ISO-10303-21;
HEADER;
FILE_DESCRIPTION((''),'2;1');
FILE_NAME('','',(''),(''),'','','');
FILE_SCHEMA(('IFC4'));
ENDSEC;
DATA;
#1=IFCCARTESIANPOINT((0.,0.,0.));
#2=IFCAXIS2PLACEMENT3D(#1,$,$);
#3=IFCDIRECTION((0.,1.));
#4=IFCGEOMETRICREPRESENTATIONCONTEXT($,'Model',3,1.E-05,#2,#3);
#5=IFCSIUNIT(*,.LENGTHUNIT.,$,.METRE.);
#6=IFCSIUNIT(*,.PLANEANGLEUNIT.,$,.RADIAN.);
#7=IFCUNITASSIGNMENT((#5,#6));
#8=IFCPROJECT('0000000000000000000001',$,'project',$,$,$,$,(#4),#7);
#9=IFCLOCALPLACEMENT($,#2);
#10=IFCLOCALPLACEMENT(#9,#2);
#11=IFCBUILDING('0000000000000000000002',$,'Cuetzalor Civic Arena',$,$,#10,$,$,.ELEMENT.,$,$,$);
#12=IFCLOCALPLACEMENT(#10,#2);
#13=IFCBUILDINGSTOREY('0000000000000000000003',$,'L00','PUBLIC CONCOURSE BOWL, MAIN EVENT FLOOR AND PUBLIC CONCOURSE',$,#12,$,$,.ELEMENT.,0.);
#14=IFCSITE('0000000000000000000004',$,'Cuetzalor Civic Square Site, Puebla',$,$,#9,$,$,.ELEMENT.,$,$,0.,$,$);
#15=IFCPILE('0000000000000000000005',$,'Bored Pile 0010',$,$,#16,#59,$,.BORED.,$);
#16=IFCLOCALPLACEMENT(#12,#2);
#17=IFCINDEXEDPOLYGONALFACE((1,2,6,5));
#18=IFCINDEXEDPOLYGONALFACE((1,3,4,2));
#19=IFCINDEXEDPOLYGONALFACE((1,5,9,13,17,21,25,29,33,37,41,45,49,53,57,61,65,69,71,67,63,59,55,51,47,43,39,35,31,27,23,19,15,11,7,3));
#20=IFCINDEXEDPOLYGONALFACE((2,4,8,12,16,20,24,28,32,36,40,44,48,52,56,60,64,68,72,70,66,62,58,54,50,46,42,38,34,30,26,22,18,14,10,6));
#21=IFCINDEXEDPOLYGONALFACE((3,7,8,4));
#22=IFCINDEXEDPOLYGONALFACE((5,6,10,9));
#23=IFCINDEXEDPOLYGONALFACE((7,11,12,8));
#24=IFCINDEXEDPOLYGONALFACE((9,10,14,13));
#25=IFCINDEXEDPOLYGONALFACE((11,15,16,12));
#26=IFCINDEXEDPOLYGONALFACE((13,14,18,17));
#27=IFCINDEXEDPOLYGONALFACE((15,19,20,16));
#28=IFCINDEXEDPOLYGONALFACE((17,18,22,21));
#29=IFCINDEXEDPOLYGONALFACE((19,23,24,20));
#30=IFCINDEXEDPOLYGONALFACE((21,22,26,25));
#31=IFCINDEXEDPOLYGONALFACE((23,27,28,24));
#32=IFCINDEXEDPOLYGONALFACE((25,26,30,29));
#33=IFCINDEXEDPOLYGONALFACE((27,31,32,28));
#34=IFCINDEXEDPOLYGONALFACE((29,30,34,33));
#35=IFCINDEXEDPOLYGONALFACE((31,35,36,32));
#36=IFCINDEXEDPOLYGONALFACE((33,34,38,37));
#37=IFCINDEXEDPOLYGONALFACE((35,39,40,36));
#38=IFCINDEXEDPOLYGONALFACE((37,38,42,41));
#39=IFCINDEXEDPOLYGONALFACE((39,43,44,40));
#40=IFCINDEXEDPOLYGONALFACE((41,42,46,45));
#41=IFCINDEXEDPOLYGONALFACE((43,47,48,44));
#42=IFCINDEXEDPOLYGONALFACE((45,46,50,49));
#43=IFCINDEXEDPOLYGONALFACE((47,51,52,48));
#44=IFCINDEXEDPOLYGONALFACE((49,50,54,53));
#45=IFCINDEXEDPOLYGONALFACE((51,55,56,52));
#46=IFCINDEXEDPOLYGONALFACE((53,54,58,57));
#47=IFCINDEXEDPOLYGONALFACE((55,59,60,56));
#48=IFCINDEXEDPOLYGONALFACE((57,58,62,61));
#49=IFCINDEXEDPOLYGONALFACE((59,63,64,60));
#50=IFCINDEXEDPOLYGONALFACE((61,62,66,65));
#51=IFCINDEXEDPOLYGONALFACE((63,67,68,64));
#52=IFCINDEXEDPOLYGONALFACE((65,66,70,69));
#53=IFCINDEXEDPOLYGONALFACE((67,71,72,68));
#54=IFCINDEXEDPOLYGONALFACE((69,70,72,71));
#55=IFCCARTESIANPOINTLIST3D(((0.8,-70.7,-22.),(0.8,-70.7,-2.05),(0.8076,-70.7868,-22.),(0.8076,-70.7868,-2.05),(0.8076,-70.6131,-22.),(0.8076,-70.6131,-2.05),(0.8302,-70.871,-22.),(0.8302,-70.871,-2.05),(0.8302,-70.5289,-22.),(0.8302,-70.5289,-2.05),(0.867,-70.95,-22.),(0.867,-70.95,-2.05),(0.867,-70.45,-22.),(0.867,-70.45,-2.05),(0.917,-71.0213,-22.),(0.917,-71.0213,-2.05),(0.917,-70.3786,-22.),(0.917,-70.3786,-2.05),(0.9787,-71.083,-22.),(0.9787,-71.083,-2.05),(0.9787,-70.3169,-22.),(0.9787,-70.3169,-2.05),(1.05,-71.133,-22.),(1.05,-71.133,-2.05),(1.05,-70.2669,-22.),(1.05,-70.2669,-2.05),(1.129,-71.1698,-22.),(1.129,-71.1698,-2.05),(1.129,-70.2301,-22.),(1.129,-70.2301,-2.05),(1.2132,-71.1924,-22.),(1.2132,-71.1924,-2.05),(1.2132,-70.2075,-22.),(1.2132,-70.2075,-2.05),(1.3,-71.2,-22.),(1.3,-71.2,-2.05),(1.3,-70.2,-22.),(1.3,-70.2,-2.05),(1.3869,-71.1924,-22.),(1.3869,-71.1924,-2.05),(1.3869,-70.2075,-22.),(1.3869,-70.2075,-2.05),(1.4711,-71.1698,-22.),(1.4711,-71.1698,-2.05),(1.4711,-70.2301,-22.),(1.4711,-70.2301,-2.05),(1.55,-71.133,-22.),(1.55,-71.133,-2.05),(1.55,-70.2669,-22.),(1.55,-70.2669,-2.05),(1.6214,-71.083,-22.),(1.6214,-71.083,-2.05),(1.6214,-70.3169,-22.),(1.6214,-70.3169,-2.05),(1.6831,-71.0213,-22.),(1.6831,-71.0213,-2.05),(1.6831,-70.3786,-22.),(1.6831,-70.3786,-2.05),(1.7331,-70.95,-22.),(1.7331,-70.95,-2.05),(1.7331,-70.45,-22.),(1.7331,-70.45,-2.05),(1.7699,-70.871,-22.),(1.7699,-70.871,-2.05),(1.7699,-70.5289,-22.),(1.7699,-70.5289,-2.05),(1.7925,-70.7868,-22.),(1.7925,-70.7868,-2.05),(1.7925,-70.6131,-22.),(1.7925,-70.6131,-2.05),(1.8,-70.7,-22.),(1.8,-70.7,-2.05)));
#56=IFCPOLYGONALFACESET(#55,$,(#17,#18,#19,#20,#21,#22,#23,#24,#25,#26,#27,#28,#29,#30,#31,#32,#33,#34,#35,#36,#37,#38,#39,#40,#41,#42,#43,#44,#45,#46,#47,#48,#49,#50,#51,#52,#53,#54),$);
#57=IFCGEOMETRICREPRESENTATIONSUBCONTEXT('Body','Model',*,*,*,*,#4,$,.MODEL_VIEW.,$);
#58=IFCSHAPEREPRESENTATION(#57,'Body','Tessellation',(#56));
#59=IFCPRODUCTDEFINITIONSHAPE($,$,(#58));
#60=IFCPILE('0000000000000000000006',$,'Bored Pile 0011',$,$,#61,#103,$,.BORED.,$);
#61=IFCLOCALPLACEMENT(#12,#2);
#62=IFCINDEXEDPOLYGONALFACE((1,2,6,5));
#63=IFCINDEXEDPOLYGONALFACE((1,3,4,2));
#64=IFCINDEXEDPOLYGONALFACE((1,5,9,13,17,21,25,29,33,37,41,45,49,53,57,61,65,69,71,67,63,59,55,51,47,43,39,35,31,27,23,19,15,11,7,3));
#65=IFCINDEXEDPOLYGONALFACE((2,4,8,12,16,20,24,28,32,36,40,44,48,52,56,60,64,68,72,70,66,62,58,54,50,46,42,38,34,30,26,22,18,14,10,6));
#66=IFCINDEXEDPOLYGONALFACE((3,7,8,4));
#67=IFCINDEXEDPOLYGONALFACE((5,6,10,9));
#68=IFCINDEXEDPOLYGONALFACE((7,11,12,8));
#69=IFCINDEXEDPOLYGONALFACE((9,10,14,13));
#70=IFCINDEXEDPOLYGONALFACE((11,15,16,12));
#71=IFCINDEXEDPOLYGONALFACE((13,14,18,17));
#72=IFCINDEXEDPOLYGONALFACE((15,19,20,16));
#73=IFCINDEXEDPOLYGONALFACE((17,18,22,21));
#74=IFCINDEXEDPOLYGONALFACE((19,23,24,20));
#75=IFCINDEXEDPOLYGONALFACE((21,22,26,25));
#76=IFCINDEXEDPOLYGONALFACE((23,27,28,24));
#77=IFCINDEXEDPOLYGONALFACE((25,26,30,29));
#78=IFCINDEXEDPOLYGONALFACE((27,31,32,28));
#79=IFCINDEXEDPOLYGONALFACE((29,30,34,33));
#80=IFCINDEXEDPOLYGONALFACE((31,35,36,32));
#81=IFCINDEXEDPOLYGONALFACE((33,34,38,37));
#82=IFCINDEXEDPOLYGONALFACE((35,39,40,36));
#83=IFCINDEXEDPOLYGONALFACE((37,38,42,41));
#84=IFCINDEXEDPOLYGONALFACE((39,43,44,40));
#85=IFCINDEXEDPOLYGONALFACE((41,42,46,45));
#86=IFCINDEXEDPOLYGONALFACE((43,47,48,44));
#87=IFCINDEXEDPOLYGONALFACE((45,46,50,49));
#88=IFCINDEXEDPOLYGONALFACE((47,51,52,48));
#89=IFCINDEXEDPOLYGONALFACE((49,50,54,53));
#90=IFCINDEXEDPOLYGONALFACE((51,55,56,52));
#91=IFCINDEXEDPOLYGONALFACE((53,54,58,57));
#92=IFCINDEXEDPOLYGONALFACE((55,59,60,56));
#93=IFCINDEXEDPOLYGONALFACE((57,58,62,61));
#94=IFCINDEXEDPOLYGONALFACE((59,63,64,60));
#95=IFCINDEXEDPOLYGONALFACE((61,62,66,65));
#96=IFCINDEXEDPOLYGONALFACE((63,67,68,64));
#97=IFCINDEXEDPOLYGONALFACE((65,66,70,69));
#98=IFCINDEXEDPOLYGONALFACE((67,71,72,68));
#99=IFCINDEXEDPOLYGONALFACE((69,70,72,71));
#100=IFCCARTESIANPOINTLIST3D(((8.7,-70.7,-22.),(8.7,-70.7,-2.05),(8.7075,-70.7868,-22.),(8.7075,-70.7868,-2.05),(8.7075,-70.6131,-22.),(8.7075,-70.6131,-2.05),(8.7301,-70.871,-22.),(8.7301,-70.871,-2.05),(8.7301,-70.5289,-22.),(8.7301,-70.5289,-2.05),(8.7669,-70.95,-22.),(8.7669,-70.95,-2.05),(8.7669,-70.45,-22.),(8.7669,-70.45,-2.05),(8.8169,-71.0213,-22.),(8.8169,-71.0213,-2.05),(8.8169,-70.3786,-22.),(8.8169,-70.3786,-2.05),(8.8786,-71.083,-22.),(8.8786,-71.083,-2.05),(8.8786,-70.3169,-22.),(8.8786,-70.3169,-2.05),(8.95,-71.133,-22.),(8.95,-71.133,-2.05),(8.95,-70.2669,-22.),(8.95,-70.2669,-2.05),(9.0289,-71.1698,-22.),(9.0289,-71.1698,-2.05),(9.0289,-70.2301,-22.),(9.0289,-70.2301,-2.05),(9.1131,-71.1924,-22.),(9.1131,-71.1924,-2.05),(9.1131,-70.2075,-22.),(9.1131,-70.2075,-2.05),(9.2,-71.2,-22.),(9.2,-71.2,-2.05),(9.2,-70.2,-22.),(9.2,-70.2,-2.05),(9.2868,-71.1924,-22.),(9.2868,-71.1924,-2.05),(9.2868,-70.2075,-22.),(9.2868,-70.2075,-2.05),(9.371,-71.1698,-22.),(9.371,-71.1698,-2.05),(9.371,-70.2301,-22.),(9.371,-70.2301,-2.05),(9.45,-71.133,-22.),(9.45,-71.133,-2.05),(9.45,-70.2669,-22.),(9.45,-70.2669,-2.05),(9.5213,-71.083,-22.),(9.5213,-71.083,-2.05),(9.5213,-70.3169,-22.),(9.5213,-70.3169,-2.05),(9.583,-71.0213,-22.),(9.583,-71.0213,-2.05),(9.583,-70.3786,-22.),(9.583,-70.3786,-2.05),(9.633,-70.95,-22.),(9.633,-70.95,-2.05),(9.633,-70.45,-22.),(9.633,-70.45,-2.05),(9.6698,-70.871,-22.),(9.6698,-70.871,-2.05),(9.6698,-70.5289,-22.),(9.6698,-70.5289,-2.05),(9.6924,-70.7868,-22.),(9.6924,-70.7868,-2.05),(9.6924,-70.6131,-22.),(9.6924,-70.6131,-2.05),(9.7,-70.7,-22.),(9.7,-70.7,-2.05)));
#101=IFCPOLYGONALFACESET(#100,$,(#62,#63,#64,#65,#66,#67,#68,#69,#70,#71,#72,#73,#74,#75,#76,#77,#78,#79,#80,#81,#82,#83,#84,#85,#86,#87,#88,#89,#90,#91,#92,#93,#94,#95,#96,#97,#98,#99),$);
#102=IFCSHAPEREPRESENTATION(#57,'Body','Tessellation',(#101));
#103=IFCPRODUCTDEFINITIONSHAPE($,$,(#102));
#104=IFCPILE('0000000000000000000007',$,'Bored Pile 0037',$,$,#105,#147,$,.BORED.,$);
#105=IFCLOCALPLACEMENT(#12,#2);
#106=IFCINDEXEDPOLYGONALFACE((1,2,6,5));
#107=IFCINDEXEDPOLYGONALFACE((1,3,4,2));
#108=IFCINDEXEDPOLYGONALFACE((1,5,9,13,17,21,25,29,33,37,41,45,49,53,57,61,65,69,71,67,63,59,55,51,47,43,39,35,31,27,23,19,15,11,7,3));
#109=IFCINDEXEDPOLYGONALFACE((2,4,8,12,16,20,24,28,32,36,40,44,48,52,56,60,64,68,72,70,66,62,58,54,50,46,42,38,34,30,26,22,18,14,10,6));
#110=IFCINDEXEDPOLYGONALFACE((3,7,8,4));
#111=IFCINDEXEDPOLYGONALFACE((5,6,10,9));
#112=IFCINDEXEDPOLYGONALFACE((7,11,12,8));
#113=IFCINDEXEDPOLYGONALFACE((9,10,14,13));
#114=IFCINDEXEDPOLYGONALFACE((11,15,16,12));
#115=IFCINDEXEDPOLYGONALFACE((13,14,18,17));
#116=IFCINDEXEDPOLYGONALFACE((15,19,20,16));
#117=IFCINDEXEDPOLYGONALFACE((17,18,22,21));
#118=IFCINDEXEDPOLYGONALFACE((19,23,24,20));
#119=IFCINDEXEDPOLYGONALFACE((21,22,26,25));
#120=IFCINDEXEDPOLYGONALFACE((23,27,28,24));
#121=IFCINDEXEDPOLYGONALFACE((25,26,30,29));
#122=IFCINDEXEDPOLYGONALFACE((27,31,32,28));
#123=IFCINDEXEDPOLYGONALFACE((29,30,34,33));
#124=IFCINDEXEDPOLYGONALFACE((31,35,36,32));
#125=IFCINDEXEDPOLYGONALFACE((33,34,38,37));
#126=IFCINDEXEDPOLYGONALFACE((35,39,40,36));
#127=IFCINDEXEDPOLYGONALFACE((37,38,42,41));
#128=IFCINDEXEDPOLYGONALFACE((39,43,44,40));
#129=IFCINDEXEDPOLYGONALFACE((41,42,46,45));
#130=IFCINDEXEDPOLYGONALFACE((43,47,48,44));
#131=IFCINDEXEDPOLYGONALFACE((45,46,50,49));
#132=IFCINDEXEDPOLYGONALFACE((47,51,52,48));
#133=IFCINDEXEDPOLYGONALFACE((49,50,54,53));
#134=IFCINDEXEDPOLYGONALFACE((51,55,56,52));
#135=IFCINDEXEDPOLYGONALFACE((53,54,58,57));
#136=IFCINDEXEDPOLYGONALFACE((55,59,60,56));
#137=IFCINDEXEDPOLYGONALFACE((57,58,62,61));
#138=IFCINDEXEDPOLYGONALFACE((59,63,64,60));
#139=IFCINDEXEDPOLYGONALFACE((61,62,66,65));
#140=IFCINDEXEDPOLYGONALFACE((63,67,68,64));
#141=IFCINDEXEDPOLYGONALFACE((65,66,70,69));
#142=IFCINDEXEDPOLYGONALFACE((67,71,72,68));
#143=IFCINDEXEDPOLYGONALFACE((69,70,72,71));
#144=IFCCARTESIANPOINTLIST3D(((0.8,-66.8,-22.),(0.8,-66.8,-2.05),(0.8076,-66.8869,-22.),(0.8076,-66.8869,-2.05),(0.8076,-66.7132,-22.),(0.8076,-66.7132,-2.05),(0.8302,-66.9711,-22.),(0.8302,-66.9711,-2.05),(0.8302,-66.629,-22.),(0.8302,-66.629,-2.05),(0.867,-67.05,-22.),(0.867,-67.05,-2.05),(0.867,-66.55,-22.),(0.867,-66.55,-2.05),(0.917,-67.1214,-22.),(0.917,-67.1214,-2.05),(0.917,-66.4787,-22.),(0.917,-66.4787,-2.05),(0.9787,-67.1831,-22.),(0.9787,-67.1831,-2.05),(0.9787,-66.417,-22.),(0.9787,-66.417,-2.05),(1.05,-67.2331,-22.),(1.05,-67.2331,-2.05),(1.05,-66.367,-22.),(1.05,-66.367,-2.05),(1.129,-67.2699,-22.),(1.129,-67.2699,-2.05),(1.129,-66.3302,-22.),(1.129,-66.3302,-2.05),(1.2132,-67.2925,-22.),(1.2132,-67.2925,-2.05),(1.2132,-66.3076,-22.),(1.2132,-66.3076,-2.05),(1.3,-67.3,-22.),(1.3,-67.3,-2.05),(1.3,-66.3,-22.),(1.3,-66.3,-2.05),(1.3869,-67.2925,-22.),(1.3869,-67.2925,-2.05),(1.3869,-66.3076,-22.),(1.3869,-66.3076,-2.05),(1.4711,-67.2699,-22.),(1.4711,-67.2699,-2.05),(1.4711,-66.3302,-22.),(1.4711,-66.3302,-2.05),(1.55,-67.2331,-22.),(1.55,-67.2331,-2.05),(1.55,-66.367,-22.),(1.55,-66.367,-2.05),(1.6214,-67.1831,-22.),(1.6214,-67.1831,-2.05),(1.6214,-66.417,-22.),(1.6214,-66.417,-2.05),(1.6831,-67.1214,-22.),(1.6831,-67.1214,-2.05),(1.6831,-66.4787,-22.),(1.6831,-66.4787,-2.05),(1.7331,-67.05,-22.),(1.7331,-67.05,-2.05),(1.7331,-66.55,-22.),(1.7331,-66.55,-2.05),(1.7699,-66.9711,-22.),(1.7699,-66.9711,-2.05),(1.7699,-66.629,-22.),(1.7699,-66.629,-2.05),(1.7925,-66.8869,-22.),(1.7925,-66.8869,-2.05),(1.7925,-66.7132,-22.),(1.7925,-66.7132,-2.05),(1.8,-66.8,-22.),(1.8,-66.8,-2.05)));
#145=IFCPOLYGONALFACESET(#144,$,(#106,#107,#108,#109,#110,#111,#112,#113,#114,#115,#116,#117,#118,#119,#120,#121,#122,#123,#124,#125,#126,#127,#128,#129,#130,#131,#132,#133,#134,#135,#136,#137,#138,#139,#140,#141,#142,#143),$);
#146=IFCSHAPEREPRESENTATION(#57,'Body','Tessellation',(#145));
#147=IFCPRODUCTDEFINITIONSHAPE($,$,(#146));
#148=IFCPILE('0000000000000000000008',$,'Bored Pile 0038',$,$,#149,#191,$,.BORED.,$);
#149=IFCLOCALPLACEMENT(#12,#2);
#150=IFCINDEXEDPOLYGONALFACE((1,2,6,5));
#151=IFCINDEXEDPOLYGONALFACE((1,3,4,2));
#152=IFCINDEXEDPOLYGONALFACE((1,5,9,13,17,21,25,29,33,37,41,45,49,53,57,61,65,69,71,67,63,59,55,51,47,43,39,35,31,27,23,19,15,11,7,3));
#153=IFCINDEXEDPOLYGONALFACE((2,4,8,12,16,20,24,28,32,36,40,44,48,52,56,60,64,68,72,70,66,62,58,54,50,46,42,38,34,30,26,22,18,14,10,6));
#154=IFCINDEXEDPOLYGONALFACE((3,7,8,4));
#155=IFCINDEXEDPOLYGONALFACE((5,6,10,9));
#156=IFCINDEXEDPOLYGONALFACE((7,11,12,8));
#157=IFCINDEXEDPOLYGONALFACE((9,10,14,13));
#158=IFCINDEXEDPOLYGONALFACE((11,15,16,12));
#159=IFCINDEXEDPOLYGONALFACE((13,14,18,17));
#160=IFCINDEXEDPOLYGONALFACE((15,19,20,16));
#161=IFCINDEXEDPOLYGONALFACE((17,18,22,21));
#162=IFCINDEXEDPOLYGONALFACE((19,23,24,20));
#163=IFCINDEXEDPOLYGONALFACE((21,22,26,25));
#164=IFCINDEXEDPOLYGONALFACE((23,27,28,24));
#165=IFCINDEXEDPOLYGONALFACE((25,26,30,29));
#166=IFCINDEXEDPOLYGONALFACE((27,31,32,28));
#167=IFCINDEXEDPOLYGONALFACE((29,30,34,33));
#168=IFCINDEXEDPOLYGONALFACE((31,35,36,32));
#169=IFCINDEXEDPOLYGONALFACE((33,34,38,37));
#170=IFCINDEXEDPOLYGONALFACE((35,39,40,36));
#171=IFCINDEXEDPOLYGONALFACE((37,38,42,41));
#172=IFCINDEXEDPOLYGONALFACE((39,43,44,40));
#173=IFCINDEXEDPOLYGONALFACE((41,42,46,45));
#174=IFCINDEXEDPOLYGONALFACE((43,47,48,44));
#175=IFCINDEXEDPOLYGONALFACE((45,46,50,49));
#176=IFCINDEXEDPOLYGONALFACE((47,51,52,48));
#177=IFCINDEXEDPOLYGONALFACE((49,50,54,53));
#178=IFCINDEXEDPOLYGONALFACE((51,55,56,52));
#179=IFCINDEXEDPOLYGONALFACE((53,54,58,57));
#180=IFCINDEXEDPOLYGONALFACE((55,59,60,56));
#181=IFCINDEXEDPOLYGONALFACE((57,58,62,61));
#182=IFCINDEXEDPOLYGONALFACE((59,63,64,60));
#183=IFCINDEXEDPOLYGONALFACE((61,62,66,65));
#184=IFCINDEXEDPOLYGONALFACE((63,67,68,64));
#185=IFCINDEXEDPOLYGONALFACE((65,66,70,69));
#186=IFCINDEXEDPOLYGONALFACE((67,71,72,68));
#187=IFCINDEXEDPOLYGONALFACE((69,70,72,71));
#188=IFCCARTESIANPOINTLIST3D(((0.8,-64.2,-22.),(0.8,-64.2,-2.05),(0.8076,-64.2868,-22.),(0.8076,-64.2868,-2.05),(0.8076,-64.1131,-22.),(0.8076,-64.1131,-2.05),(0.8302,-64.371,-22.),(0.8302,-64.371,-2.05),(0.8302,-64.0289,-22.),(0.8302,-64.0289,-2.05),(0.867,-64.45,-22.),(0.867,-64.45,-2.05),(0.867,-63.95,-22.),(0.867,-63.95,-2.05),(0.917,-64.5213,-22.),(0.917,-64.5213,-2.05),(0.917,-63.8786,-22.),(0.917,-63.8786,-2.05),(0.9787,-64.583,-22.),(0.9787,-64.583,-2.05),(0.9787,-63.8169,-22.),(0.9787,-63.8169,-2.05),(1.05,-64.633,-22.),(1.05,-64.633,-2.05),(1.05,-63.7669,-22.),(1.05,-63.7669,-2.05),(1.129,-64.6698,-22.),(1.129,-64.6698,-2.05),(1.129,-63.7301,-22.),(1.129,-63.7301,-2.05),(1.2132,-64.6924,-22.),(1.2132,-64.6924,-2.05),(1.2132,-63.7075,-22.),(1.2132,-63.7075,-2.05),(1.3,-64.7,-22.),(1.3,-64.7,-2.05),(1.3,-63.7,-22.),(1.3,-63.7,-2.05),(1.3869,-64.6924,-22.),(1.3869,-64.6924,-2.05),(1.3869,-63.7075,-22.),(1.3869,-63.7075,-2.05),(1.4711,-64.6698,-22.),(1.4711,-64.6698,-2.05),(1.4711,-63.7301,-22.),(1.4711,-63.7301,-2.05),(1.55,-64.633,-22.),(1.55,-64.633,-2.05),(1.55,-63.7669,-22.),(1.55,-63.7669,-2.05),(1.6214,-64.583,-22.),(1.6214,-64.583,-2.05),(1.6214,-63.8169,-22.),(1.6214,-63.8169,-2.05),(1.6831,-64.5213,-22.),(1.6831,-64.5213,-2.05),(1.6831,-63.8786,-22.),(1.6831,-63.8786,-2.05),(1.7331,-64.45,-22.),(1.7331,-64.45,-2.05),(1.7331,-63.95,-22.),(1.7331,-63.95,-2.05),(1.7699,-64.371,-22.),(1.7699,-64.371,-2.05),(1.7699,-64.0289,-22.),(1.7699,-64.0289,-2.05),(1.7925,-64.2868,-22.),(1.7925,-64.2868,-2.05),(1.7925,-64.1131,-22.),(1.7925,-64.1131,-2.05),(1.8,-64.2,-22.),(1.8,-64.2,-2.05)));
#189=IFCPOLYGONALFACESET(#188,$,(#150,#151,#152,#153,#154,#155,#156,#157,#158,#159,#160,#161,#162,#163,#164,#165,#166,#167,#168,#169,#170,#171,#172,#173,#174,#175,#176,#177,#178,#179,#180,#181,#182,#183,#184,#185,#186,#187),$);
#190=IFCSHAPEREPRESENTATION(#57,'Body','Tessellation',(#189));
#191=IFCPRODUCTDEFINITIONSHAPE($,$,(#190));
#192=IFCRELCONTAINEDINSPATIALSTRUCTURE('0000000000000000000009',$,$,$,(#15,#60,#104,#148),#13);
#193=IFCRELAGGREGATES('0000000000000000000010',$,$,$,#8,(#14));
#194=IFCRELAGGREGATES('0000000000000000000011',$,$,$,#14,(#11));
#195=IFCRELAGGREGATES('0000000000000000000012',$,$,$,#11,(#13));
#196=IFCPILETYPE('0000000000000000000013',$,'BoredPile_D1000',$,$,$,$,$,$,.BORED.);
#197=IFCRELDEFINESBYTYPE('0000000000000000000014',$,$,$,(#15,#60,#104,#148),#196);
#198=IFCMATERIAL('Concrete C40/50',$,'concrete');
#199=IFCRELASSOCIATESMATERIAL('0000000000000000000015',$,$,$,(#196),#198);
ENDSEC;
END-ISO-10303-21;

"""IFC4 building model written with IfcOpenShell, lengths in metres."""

from ifc_helpers import new_model, si_unit, direction, frame, origin, origin_2d, place, context, subcontext, project, spatial, circle, extrude, material, material_profile, profile_set, type_object, element, save


model = new_model("IFC4")

# Units and contexts
model_context = context("Model", 3, precision=1e-05, world=origin(), true_north=direction((0.0, 1.0)))
body_context = subcontext(model_context, "Body", "Model", "MODEL_VIEW")
ifc_project = project(units=[si_unit("LENGTHUNIT", "METRE"), si_unit("PLANEANGLEUNIT", "RADIAN")], contexts=[model_context])

# Site, building, storey
site_placement = place(None, origin())
site = spatial("IfcSite", under=ifc_project, at=site_placement, Name="Cuetzalor Civic Square Site, Puebla", CompositionType="ELEMENT", RefElevation=0.0)
building_placement = place(site_placement, origin())
building = spatial("IfcBuilding", under=site, at=building_placement, Name="Cuetzalor Civic Arena", CompositionType="ELEMENT")
storey_placement = place(building_placement, origin())
storey = spatial("IfcBuildingStorey", under=building, at=storey_placement, Name="L00", Description="PUBLIC CONCOURSE BOWL, MAIN EVENT FLOOR AND PUBLIC CONCOURSE", CompositionType="ELEMENT", Elevation=0.0)

# Piles
ifc_material_1 = material(Name="Concrete C40/50", Category="concrete")
ifc_material_profile_1 = material_profile(ifc_material_1, circle(Radius=0.5, at=origin_2d()), Name="BORED PILE D1000")
ifc_profile_set_1 = profile_set([ifc_material_profile_1], Name="Concrete C40/50")
pile_type = type_object("IfcPileType", Name="BoredPile_D1000", PredefinedType="BORED", material=ifc_profile_set_1)
for number, where, z_axis, x_axis, name in (
    (1, (1.3, -70.7, -2.05), (0.0, 0.0, -1.0), (1.0, 0.0, 0.0), "Bored Pile 0010"),
    (2, (9.2, -70.7, -2.05), (0.0, 0.0, -1.0), (1.0, 0.0, 0.0), "Bored Pile 0011"),
    (3, (1.3, -66.8, -2.05), (0.0, 0.0, -1.0), (1.0, 0.0, 0.0), "Bored Pile 0037"),
    (4, (1.3, -64.2, -2.05), (0.0, 0.0, -1.0), (1.0, 0.0, 0.0), "Bored Pile 0038"),
):
    element("IfcPile", number, at=place(storey_placement, frame(where, z_axis=z_axis, x_axis=x_axis)), inside=storey, type_object=pile_type, Name=name, PredefinedType="BORED", context=body_context, shape_type="SweptSolid", body=[
        extrude(circle(Radius=0.5, at=origin_2d()), origin(), (0.0, 0.0, 1.0), 19.95),
    ])

save(model, "model.ifc")
